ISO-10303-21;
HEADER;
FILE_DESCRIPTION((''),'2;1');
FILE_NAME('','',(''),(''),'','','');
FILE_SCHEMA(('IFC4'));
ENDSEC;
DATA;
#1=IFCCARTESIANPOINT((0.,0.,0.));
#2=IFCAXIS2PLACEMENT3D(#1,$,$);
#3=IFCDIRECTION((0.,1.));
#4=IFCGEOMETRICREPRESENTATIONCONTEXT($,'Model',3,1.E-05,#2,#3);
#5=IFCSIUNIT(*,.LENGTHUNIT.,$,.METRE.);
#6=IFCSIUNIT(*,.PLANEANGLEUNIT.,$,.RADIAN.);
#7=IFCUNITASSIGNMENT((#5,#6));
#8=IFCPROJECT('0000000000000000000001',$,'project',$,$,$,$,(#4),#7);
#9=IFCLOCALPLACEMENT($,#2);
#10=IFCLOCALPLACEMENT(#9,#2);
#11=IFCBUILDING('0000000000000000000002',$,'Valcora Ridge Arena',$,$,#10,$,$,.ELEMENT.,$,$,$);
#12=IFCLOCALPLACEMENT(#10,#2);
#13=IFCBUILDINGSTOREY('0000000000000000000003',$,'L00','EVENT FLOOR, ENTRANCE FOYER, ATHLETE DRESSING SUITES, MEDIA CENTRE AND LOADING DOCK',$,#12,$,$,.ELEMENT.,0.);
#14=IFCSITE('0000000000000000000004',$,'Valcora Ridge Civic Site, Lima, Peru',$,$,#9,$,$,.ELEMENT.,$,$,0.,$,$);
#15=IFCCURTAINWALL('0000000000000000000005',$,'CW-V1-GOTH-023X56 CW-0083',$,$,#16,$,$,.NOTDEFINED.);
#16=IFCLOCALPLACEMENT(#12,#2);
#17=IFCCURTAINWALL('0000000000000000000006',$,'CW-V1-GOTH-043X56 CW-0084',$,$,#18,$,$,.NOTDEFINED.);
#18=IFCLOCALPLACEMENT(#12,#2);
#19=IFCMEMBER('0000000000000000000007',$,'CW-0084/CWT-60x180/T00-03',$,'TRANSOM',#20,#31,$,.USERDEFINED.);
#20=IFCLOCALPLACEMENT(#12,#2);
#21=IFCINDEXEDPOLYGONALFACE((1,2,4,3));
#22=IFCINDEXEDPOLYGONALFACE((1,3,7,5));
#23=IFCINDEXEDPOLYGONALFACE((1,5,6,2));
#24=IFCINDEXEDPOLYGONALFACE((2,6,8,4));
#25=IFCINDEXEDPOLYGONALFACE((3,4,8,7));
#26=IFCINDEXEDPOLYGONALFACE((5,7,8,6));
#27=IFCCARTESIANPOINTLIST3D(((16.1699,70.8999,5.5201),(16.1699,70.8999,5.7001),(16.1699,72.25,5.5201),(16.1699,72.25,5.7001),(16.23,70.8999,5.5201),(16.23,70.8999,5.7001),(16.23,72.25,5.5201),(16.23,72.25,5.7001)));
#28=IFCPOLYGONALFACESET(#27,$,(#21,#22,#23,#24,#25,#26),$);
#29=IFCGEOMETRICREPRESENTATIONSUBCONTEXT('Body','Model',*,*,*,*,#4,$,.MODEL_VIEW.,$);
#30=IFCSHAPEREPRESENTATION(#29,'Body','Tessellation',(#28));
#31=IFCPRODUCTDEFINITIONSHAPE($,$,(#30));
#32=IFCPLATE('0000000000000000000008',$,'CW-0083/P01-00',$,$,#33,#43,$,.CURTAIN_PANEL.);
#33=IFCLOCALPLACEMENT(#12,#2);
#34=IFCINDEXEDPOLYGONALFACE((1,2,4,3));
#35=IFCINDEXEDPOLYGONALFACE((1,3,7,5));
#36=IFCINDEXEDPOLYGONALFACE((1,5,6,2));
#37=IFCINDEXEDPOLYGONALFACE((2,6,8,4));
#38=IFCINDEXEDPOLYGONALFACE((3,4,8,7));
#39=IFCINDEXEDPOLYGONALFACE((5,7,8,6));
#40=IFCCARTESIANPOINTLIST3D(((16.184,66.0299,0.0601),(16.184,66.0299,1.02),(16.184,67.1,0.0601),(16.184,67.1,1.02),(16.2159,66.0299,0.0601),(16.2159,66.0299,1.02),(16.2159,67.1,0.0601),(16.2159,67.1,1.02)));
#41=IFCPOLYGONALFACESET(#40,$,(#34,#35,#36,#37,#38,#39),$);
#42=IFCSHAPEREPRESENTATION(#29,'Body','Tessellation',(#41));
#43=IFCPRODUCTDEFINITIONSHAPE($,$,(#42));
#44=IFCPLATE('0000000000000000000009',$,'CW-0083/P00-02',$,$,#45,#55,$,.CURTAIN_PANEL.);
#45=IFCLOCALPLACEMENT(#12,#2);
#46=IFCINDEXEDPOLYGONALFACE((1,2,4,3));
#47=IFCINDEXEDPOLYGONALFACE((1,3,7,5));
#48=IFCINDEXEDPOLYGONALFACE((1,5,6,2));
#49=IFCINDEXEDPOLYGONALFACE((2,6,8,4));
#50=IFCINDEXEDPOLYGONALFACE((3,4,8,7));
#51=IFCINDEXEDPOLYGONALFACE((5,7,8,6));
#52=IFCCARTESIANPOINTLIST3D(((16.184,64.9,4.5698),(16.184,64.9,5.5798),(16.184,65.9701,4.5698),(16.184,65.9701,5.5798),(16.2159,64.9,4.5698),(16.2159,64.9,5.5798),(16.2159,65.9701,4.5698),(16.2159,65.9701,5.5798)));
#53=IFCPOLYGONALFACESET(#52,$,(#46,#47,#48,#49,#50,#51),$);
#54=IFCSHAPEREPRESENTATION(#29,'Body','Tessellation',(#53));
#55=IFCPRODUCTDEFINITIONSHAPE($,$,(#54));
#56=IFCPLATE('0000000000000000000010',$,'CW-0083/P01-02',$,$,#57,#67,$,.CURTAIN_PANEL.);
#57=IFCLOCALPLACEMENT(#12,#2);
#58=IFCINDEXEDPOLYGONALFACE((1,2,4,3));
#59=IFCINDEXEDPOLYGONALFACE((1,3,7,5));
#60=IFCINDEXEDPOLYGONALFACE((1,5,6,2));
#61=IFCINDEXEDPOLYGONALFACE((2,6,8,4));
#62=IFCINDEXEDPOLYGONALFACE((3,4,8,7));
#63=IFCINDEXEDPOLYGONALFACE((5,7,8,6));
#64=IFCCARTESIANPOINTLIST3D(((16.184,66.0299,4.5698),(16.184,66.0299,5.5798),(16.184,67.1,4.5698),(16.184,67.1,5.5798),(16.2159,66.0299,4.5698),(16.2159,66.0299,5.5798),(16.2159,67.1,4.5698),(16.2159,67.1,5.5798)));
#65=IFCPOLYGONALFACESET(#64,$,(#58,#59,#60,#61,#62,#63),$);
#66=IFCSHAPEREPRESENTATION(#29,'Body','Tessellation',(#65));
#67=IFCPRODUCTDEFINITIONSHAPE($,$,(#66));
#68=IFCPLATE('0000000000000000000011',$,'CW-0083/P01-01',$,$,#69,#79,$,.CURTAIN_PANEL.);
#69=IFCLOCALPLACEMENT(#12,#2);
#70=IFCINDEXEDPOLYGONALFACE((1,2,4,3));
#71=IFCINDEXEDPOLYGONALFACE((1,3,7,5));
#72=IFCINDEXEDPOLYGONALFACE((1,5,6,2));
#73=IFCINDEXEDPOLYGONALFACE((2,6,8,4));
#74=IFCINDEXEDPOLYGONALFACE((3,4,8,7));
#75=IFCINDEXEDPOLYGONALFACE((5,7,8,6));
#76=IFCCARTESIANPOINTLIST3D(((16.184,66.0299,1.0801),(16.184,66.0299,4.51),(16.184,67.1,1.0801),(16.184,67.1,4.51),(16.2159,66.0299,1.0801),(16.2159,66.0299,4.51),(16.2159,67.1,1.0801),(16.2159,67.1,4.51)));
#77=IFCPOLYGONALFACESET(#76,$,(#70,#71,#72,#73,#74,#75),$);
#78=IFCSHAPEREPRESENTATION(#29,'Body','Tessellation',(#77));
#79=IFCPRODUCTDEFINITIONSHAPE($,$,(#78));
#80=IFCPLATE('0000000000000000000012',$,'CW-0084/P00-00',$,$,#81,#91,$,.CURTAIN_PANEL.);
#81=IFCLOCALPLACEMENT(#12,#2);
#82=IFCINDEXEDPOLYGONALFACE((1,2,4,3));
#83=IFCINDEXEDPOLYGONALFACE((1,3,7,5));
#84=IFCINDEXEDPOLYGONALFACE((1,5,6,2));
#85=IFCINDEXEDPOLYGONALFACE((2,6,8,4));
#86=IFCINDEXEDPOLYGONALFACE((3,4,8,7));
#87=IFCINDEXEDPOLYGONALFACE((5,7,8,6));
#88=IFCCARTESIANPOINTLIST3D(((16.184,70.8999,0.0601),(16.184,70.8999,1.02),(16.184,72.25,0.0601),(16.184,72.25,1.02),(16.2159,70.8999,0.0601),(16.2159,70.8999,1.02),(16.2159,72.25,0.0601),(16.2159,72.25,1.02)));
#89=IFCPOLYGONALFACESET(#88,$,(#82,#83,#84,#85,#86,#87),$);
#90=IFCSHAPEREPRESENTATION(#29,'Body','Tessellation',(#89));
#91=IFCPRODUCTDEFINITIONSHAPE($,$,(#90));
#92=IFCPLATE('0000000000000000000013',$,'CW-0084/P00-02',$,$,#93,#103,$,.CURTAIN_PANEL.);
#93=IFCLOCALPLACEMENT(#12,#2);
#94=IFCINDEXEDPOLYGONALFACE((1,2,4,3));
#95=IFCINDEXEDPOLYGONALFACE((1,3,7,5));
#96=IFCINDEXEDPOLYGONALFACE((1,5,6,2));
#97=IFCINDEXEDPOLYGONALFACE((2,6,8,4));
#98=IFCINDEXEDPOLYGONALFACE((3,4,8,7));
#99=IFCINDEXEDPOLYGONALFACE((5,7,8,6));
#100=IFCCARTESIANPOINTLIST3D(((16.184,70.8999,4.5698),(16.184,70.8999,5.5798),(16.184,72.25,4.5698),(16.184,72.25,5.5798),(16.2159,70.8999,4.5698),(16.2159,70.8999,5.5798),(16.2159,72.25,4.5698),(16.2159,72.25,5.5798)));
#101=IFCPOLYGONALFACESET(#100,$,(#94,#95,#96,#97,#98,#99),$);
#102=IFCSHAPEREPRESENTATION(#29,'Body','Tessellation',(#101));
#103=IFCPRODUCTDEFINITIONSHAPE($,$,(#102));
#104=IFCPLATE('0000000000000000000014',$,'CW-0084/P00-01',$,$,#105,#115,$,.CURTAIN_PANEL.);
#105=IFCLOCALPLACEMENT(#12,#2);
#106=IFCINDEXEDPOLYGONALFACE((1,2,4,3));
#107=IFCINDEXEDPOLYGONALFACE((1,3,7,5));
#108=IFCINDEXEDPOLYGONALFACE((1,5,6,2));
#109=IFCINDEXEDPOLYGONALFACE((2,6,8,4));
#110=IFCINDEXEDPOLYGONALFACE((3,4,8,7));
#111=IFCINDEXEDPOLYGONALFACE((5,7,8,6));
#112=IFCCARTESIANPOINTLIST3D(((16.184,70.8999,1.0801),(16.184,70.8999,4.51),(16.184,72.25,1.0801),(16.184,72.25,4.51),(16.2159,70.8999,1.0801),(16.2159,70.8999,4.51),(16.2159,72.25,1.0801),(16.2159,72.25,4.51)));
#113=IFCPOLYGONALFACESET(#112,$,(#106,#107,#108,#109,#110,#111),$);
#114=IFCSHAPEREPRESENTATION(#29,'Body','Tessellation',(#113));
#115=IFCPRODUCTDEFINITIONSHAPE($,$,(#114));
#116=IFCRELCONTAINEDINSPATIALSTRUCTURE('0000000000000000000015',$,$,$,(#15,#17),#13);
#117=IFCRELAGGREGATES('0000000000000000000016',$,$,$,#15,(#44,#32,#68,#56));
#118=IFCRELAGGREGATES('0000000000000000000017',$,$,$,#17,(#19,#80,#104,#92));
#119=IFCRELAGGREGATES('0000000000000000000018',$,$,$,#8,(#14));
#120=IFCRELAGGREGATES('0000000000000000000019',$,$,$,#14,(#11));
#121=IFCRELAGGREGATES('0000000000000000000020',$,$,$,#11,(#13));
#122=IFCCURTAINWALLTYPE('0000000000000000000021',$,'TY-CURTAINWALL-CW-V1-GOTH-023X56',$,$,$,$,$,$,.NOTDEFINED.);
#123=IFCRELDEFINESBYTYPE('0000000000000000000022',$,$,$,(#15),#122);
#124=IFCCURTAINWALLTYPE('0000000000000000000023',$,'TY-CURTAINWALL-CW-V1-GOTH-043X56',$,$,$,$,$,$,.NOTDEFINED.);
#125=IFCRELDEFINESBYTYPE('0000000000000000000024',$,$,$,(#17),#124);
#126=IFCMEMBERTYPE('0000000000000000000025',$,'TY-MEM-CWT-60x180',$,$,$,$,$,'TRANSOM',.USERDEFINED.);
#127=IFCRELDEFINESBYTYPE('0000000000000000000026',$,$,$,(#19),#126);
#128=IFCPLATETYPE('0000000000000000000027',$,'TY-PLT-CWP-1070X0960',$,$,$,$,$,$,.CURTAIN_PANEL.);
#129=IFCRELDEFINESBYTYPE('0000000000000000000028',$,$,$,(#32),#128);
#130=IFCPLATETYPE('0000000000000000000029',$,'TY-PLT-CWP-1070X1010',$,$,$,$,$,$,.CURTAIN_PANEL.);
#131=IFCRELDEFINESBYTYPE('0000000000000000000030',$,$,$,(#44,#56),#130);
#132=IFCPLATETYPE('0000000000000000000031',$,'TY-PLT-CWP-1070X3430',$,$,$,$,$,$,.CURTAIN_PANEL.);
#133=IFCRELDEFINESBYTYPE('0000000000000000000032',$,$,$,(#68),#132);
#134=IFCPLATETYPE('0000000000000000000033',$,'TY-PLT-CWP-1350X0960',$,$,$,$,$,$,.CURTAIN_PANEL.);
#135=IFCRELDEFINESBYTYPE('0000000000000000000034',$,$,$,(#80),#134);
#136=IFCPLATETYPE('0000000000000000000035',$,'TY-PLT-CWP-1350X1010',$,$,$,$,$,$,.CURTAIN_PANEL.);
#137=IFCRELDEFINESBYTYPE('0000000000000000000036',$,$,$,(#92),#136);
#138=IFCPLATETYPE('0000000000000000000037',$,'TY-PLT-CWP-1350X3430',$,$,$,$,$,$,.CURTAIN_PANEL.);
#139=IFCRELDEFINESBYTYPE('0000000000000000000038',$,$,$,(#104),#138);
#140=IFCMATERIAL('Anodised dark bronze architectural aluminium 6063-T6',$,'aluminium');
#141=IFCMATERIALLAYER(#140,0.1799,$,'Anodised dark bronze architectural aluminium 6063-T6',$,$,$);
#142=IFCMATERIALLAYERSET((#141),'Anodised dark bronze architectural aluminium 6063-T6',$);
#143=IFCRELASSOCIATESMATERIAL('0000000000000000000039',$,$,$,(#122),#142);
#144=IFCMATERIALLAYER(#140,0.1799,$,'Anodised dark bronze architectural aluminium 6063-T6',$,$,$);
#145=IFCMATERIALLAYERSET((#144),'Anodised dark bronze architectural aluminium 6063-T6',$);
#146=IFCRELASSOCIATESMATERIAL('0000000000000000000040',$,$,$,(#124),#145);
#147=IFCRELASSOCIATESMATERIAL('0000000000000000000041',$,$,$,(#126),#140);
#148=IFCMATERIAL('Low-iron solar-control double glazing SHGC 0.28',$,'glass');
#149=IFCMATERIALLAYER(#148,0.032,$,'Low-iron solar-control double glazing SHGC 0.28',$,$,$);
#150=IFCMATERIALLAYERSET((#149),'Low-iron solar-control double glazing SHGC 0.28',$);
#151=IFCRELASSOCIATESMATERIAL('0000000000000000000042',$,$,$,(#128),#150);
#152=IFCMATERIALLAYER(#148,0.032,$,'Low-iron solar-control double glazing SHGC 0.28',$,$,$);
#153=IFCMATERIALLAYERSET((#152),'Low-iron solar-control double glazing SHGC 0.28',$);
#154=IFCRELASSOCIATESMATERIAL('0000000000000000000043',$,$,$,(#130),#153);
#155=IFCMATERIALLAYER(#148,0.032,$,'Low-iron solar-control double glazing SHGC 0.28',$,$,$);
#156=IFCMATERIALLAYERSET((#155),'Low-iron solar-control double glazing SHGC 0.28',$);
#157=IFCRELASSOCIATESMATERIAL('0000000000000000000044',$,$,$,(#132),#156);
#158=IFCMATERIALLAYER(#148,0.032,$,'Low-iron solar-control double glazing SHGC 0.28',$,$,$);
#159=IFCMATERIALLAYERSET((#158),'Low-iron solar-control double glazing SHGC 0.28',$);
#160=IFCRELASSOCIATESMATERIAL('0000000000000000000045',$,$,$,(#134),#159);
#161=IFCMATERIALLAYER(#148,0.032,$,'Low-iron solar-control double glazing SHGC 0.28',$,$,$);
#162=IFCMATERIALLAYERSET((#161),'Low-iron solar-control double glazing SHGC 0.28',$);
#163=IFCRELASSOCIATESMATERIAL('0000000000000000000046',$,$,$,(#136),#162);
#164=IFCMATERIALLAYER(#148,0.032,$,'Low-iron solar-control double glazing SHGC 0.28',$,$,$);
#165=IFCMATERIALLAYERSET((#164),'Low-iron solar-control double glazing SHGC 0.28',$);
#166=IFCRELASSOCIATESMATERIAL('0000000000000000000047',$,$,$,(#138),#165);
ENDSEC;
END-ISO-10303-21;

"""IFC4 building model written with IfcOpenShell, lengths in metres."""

from ifc_helpers import new_model, si_unit, direction, frame, origin, origin_2d, place, context, subcontext, project, spatial, rectangle, extrude, material, layer, layer_set, material_profile, profile_set, type_object, element, aggregate, save


model = new_model("IFC4")

# Units and contexts
model_context = context("Model", 3, precision=1e-05, world=origin(), true_north=direction((0.0, 1.0)))
body_context = subcontext(model_context, "Body", "Model", "MODEL_VIEW")
ifc_project = project(units=[si_unit("LENGTHUNIT", "METRE"), si_unit("PLANEANGLEUNIT", "RADIAN")], contexts=[model_context])

# Site, building, storey
site_placement = place(None, origin())
site = spatial("IfcSite", under=ifc_project, at=site_placement, Name="Valcora Ridge Civic Site, Lima, Peru", CompositionType="ELEMENT", RefElevation=0.0)
building_placement = place(site_placement, origin())
building = spatial("IfcBuilding", under=site, at=building_placement, Name="Valcora Ridge Arena", CompositionType="ELEMENT")
storey_placement = place(building_placement, origin())
storey = spatial("IfcBuildingStorey", under=building, at=storey_placement, Name="L00", Description="EVENT FLOOR, ENTRANCE FOYER, ATHLETE DRESSING SUITES, MEDIA CENTRE AND LOADING DOCK", CompositionType="ELEMENT", Elevation=0.0)

# Curtain wall
ifc_material_1 = material(Name="Anodised dark bronze architectural aluminium 6063-T6", Category="aluminium")
ifc_layer_1 = layer(ifc_material_1, 0.1799, Name="Anodised dark bronze architectural aluminium 6063-T6")
ifc_layer_set_1 = layer_set([ifc_layer_1], Name="Anodised dark bronze architectural aluminium 6063-T6")
curtain_wall_type_1 = type_object("IfcCurtainWallType", Name="TY-CURTAINWALL-CW-V1-GOTH-023X56", PredefinedType="NOTDEFINED", material=ifc_layer_set_1)
curtain_wall_1_placement = place(storey_placement, origin())
curtain_wall_1 = element("IfcCurtainWall", 1, at=curtain_wall_1_placement, inside=storey, type_object=curtain_wall_type_1, Name="CW-V1-GOTH-023X56 CW-0083", PredefinedType="NOTDEFINED")

# Curtain wall
ifc_layer_2 = layer(ifc_material_1, 0.1799, Name="Anodised dark bronze architectural aluminium 6063-T6")
ifc_layer_set_2 = layer_set([ifc_layer_2], Name="Anodised dark bronze architectural aluminium 6063-T6")
curtain_wall_type_2 = type_object("IfcCurtainWallType", Name="TY-CURTAINWALL-CW-V1-GOTH-043X56", PredefinedType="NOTDEFINED", material=ifc_layer_set_2)
curtain_wall_2_placement = place(storey_placement, origin())
curtain_wall_2 = element("IfcCurtainWall", 2, at=curtain_wall_2_placement, inside=storey, type_object=curtain_wall_type_2, Name="CW-V1-GOTH-043X56 CW-0084", PredefinedType="NOTDEFINED")

# Member
ifc_material_profile_1 = material_profile(ifc_material_1, rectangle(XDim=0.0601, YDim=0.1799, at=origin_2d()), Name="ALU TRANSOM 60x180")
ifc_profile_set_1 = profile_set([ifc_material_profile_1], Name="Anodised dark bronze architectural aluminium 6063-T6")
member_type_1 = type_object("IfcMemberType", Name="TY-MEM-CWT-60x180", ElementType="TRANSOM", PredefinedType="USERDEFINED", material=ifc_profile_set_1)
member_1_placement = place(storey_placement, frame((16.2, 70.8999, 5.6101), z_axis=(0.0, 1.0, 0.0), x_axis=(-1.0, 0.0, 0.0)))
member_1 = element("IfcMember", 3, at=member_1_placement, type_object=member_type_1, Name="CW-0084/CWT-60x180/T00-03", ObjectType="TRANSOM", PredefinedType="USERDEFINED", context=body_context, shape_type="SweptSolid", body=[
    extrude(rectangle(XDim=0.0601, YDim=0.1799, at=origin_2d()), origin(), (0.0, 0.0, 1.0), 1.3501),
])

# Plates
ifc_material_2 = material(Name="Low-iron solar-control double glazing SHGC 0.28", Category="glass")
ifc_layer_3 = layer(ifc_material_2, 0.032, Name="Low-iron solar-control double glazing SHGC 0.28")
ifc_layer_set_3 = layer_set([ifc_layer_3], Name="Low-iron solar-control double glazing SHGC 0.28")
plate_type_1 = type_object("IfcPlateType", Name="TY-PLT-CWP-1070X0960", PredefinedType="CURTAIN_PANEL", material=ifc_layer_set_3)
plate_1_placement = place(storey_placement, frame((16.2, 66.5649, 0.0601), z_axis=(0.0, 0.0, 1.0), x_axis=(0.0, 1.0, 0.0)))
plate_1 = element("IfcPlate", 4, at=plate_1_placement, type_object=plate_type_1, Name="CW-0083/P01-00", PredefinedType="CURTAIN_PANEL", context=body_context, shape_type="SweptSolid", body=[
    extrude(rectangle(XDim=1.0701, YDim=0.032, at=origin_2d()), origin(), (0.0, 0.0, 1.0), 0.96),
])
ifc_layer_4 = layer(ifc_material_2, 0.032, Name="Low-iron solar-control double glazing SHGC 0.28")
ifc_layer_set_4 = layer_set([ifc_layer_4], Name="Low-iron solar-control double glazing SHGC 0.28")
plate_type_2 = type_object("IfcPlateType", Name="TY-PLT-CWP-1070X1010", PredefinedType="CURTAIN_PANEL", material=ifc_layer_set_4)
plate_2_placement = place(storey_placement, frame((16.2, 65.4351, 4.5698), z_axis=(0.0, 0.0, 1.0), x_axis=(0.0, 1.0, 0.0)))
plate_2 = element("IfcPlate", 5, at=plate_2_placement, type_object=plate_type_2, Name="CW-0083/P00-02", PredefinedType="CURTAIN_PANEL", context=body_context, shape_type="SweptSolid", body=[
    extrude(rectangle(XDim=1.0701, YDim=0.032, at=origin_2d()), origin(), (0.0, 0.0, 1.0), 1.01),
])
plate_3_placement = place(storey_placement, frame((16.2, 66.5649, 4.5698), z_axis=(0.0, 0.0, 1.0), x_axis=(0.0, 1.0, 0.0)))
plate_3 = element("IfcPlate", 6, at=plate_3_placement, type_object=plate_type_2, Name="CW-0083/P01-02", PredefinedType="CURTAIN_PANEL", context=body_context, shape_type="SweptSolid", body=[
    extrude(rectangle(XDim=1.0701, YDim=0.032, at=origin_2d()), origin(), (0.0, 0.0, 1.0), 1.01),
])
ifc_layer_5 = layer(ifc_material_2, 0.032, Name="Low-iron solar-control double glazing SHGC 0.28")
ifc_layer_set_5 = layer_set([ifc_layer_5], Name="Low-iron solar-control double glazing SHGC 0.28")
plate_type_3 = type_object("IfcPlateType", Name="TY-PLT-CWP-1070X3430", PredefinedType="CURTAIN_PANEL", material=ifc_layer_set_5)
plate_4_placement = place(storey_placement, frame((16.2, 66.5649, 1.0801), z_axis=(0.0, 0.0, 1.0), x_axis=(0.0, 1.0, 0.0)))
plate_4 = element("IfcPlate", 7, at=plate_4_placement, type_object=plate_type_3, Name="CW-0083/P01-01", PredefinedType="CURTAIN_PANEL", context=body_context, shape_type="SweptSolid", body=[
    extrude(rectangle(XDim=1.0701, YDim=0.032, at=origin_2d()), origin(), (0.0, 0.0, 1.0), 3.4299),
])
aggregate(curtain_wall_1, [plate_2, plate_1, plate_4, plate_3])
ifc_layer_6 = layer(ifc_material_2, 0.032, Name="Low-iron solar-control double glazing SHGC 0.28")
ifc_layer_set_6 = layer_set([ifc_layer_6], Name="Low-iron solar-control double glazing SHGC 0.28")
plate_type_4 = type_object("IfcPlateType", Name="TY-PLT-CWP-1350X0960", PredefinedType="CURTAIN_PANEL", material=ifc_layer_set_6)
plate_5_placement = place(storey_placement, frame((16.2, 71.575, 0.0601), z_axis=(0.0, 0.0, 1.0), x_axis=(0.0, 1.0, 0.0)))
plate_5 = element("IfcPlate", 8, at=plate_5_placement, type_object=plate_type_4, Name="CW-0084/P00-00", PredefinedType="CURTAIN_PANEL", context=body_context, shape_type="SweptSolid", body=[
    extrude(rectangle(XDim=1.3501, YDim=0.032, at=origin_2d()), origin(), (0.0, 0.0, 1.0), 0.96),
])
ifc_layer_7 = layer(ifc_material_2, 0.032, Name="Low-iron solar-control double glazing SHGC 0.28")
ifc_layer_set_7 = layer_set([ifc_layer_7], Name="Low-iron solar-control double glazing SHGC 0.28")
plate_type_5 = type_object("IfcPlateType", Name="TY-PLT-CWP-1350X1010", PredefinedType="CURTAIN_PANEL", material=ifc_layer_set_7)
plate_6_placement = place(storey_placement, frame((16.2, 71.575, 4.5698), z_axis=(0.0, 0.0, 1.0), x_axis=(0.0, 1.0, 0.0)))
plate_6 = element("IfcPlate", 9, at=plate_6_placement, type_object=plate_type_5, Name="CW-0084/P00-02", PredefinedType="CURTAIN_PANEL", context=body_context, shape_type="SweptSolid", body=[
    extrude(rectangle(XDim=1.3501, YDim=0.032, at=origin_2d()), origin(), (0.0, 0.0, 1.0), 1.01),
])
ifc_layer_8 = layer(ifc_material_2, 0.032, Name="Low-iron solar-control double glazing SHGC 0.28")
ifc_layer_set_8 = layer_set([ifc_layer_8], Name="Low-iron solar-control double glazing SHGC 0.28")
plate_type_6 = type_object("IfcPlateType", Name="TY-PLT-CWP-1350X3430", PredefinedType="CURTAIN_PANEL", material=ifc_layer_set_8)
plate_7_placement = place(storey_placement, frame((16.2, 71.575, 1.0801), z_axis=(0.0, 0.0, 1.0), x_axis=(0.0, 1.0, 0.0)))
plate_7 = element("IfcPlate", 10, at=plate_7_placement, type_object=plate_type_6, Name="CW-0084/P00-01", PredefinedType="CURTAIN_PANEL", context=body_context, shape_type="SweptSolid", body=[
    extrude(rectangle(XDim=1.3501, YDim=0.032, at=origin_2d()), origin(), (0.0, 0.0, 1.0), 3.4299),
])
aggregate(curtain_wall_2, [member_1, plate_5, plate_7, plate_6])

save(model, "model.ifc")
